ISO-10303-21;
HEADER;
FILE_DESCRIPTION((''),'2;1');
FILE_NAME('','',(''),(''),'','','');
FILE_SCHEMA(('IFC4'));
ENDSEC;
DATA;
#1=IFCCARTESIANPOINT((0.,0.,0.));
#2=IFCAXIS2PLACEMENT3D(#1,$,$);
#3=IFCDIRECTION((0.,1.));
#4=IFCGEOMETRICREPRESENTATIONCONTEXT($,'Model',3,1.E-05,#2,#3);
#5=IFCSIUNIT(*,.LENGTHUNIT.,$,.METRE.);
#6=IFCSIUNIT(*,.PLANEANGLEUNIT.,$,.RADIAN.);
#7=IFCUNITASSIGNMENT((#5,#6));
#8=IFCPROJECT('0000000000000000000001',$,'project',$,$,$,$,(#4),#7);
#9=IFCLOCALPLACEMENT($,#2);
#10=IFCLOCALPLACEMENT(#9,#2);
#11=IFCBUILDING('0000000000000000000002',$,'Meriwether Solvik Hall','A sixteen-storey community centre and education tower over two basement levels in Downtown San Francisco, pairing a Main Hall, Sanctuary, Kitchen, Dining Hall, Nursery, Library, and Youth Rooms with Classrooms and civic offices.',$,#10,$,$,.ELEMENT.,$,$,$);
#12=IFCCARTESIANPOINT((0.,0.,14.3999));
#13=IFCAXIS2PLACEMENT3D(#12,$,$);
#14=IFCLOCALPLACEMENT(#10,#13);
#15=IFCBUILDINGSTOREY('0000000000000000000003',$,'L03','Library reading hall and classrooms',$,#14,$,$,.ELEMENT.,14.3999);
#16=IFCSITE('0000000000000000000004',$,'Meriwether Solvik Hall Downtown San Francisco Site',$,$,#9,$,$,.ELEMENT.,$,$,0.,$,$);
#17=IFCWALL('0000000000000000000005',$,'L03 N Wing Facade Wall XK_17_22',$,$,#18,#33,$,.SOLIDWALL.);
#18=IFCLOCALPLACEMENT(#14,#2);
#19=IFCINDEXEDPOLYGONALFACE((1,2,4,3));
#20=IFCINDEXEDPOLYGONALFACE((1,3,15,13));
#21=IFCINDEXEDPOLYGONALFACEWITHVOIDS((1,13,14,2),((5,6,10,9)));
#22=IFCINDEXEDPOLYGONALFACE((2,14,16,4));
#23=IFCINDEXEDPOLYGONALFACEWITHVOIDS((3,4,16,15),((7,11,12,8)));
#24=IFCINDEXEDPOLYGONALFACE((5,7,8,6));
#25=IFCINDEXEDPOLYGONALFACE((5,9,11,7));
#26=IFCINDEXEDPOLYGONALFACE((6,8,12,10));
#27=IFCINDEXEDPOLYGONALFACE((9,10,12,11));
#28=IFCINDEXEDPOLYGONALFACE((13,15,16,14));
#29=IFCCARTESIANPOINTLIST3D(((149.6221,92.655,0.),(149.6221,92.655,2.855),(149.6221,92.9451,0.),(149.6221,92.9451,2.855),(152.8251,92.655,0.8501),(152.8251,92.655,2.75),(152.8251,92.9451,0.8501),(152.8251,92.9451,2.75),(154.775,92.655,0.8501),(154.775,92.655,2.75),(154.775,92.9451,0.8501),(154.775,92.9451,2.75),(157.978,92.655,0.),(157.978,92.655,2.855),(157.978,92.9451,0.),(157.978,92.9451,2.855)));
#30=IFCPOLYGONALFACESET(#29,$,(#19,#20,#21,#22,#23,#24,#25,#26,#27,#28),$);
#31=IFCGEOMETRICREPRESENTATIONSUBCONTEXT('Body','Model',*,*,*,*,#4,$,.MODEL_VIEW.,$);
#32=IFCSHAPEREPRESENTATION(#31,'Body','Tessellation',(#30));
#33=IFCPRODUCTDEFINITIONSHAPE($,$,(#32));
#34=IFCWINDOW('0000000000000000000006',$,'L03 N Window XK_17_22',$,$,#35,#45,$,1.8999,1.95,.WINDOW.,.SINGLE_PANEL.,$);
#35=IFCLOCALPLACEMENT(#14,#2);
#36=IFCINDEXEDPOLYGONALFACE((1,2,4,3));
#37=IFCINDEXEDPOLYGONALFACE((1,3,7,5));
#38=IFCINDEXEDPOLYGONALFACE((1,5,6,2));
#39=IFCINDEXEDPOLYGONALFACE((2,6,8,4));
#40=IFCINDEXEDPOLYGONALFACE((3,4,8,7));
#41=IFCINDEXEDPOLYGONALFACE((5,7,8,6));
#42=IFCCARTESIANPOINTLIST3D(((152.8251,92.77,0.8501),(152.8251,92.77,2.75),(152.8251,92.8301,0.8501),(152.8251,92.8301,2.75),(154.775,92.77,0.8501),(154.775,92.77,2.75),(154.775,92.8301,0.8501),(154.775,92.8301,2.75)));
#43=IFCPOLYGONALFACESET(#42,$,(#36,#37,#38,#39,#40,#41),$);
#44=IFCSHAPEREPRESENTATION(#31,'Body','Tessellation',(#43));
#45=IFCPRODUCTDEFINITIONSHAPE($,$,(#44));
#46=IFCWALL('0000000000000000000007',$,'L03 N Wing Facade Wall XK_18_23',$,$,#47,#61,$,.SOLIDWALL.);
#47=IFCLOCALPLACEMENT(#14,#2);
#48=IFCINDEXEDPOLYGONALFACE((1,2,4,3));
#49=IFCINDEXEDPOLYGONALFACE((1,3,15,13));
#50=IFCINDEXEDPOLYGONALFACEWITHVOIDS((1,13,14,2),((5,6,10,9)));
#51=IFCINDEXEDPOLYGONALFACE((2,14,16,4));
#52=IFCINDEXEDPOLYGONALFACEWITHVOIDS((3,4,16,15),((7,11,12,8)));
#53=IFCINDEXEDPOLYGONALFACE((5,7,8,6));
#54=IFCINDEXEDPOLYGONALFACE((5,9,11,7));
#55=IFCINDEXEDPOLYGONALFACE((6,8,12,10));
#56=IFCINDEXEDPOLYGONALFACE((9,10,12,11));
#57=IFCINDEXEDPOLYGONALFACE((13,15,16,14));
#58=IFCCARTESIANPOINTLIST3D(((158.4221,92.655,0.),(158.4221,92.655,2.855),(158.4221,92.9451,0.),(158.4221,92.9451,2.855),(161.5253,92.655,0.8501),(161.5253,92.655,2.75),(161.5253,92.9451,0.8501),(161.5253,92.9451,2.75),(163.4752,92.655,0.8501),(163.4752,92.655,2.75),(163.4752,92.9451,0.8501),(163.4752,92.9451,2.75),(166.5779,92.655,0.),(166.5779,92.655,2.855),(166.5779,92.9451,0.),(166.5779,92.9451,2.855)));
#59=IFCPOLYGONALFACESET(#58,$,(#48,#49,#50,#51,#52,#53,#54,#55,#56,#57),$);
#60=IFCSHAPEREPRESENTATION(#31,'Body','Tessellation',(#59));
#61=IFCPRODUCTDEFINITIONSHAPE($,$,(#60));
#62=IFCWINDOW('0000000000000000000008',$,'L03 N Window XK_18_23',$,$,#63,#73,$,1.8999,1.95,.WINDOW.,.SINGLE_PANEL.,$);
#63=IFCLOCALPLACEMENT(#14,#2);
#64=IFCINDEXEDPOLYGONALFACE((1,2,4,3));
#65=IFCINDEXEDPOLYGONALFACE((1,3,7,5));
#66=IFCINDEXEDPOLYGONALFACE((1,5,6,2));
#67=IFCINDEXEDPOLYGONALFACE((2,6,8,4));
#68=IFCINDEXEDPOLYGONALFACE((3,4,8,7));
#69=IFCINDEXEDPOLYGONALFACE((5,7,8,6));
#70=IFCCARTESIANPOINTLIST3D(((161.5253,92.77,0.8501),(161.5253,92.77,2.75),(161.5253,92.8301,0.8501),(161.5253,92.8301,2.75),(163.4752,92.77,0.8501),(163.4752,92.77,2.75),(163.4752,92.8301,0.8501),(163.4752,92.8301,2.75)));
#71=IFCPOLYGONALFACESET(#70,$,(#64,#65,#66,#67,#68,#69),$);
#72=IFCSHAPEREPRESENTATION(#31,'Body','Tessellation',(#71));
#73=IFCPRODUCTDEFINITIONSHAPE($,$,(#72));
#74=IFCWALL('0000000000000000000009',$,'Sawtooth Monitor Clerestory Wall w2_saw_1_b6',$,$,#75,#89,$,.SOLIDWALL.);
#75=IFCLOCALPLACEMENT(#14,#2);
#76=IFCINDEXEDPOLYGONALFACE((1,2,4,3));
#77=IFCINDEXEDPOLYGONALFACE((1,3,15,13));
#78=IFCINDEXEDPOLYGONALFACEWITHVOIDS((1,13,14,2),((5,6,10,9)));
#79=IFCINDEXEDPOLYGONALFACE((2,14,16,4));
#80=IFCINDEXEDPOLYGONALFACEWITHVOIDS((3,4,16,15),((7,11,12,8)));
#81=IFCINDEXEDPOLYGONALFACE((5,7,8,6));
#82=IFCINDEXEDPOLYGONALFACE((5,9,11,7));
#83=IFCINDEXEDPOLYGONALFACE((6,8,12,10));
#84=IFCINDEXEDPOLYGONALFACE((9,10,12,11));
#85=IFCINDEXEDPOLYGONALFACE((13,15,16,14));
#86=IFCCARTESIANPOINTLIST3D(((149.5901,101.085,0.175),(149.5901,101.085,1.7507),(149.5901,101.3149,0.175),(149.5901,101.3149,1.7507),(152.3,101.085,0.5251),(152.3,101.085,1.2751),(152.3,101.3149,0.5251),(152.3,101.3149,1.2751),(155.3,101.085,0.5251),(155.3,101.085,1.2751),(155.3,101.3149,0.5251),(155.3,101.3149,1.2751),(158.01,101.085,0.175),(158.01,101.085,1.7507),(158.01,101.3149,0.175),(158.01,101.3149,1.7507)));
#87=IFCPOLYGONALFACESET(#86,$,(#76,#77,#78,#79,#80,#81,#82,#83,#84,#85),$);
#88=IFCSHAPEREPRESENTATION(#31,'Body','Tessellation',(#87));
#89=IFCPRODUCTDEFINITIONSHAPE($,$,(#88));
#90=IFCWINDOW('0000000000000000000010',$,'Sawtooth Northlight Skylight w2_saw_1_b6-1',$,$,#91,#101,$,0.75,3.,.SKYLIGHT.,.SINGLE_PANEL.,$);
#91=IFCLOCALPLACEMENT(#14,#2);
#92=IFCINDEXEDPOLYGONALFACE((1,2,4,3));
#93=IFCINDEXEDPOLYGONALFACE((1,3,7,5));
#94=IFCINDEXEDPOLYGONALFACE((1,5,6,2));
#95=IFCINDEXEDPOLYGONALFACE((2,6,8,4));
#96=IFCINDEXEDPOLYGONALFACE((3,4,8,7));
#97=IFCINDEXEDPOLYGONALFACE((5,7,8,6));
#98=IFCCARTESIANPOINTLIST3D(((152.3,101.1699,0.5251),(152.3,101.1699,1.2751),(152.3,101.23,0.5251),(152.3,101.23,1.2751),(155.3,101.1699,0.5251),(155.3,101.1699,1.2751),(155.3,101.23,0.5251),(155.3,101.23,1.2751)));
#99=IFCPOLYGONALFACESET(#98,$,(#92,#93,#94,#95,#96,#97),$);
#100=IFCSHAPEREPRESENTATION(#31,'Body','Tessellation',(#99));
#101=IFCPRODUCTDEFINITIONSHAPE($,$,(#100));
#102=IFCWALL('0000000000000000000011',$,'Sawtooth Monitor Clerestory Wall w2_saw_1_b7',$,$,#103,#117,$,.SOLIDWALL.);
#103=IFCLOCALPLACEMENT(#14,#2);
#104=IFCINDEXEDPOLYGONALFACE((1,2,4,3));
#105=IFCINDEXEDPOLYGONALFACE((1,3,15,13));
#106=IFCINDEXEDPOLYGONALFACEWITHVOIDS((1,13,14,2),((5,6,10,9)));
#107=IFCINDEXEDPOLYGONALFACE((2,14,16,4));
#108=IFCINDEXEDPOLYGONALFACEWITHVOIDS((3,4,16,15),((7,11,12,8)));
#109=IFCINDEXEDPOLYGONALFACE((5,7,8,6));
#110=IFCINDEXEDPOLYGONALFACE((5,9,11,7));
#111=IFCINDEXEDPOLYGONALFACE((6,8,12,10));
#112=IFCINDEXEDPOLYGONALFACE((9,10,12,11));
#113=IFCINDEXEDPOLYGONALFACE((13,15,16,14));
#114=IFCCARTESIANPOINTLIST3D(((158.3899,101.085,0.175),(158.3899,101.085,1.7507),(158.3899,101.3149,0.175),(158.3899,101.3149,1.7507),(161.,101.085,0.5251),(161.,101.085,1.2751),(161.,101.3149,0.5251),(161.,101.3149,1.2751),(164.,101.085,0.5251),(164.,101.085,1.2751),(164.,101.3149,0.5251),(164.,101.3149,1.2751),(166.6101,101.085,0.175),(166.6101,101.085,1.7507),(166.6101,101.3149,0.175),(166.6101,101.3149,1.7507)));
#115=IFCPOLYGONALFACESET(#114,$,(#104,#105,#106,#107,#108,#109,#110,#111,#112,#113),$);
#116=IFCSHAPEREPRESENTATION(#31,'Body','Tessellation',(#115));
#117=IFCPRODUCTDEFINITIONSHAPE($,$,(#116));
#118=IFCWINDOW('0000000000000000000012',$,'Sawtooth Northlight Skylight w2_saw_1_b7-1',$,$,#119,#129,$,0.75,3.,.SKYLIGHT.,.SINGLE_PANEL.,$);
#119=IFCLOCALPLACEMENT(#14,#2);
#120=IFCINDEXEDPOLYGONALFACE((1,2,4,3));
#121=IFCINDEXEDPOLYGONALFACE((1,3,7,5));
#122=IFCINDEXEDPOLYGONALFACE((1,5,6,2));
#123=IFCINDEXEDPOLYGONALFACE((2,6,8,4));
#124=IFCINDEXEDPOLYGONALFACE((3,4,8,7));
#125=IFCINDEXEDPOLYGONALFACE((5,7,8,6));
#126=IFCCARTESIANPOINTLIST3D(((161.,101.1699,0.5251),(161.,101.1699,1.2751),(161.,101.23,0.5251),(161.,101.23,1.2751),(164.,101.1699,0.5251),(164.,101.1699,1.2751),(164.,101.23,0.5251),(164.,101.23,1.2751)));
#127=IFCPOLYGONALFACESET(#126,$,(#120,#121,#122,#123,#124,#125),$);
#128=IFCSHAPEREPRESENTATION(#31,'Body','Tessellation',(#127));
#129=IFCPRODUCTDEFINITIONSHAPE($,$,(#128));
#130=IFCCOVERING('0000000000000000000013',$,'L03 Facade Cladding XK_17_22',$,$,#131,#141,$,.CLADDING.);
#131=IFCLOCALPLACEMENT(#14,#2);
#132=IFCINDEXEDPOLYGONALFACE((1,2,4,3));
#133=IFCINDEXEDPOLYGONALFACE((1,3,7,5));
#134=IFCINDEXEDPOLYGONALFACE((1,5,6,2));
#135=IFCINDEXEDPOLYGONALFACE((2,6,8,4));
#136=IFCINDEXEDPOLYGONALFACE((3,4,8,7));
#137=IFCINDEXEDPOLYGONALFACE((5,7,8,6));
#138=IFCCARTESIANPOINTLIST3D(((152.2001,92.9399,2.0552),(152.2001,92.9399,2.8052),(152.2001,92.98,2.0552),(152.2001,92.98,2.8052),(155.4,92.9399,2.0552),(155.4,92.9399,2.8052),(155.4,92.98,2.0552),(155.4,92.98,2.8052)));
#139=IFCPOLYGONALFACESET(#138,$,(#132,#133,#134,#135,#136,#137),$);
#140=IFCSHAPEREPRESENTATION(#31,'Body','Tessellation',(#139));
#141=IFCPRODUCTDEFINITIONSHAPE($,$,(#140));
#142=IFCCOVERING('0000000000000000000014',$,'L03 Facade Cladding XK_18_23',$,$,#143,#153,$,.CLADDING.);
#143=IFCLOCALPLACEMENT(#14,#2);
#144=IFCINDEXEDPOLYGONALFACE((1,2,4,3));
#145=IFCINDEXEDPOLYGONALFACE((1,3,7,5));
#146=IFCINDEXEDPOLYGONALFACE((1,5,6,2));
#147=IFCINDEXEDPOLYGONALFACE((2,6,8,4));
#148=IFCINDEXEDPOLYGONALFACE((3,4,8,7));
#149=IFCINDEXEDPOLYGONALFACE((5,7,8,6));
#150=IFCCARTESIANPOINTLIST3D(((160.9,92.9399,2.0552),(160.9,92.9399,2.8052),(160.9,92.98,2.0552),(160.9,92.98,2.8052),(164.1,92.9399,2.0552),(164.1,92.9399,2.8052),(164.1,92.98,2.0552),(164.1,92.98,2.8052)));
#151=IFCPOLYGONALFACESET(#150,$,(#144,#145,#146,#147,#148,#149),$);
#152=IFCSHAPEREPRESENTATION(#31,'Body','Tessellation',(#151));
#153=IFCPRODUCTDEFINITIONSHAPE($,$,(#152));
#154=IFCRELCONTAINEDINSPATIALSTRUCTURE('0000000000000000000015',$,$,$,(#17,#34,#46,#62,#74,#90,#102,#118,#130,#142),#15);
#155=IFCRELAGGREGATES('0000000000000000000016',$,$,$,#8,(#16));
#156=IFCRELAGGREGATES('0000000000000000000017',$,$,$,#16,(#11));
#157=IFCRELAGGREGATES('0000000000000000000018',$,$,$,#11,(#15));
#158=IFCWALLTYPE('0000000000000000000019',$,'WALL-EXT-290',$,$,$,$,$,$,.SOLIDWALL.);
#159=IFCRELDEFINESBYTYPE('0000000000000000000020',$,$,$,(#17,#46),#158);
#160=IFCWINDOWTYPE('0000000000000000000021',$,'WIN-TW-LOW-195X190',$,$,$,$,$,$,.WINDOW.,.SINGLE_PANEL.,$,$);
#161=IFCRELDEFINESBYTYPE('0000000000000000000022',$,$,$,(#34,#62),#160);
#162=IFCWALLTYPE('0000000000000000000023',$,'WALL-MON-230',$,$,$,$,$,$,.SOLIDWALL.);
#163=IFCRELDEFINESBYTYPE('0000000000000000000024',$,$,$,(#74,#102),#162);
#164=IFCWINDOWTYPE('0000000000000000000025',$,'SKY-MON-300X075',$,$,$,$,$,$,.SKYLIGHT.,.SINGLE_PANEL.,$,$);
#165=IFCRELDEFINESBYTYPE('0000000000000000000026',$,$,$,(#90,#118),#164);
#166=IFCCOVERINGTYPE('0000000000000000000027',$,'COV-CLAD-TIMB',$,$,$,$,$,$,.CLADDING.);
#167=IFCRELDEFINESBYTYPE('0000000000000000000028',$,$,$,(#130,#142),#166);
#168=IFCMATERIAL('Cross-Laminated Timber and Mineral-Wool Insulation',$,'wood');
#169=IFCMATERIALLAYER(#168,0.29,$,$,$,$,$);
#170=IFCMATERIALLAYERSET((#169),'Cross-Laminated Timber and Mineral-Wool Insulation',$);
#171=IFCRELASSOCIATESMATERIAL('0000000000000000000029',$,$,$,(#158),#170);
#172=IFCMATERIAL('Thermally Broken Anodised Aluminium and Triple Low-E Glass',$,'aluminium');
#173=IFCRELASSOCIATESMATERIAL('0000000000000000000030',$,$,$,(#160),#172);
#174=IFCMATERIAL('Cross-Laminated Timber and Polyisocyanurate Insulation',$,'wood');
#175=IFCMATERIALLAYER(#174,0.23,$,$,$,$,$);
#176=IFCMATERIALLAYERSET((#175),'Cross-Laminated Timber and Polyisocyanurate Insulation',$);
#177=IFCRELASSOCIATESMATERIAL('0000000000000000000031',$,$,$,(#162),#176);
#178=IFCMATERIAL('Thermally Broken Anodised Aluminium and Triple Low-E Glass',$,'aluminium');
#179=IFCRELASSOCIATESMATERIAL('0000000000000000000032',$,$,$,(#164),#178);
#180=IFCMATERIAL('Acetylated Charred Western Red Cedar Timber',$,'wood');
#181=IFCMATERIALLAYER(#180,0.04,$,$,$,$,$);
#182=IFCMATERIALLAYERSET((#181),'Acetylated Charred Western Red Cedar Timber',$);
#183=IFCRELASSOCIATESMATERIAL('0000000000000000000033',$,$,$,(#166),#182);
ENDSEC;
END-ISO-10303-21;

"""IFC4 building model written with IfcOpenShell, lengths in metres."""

from ifc_helpers import new_model, si_unit, direction, frame, frame_2d, origin, origin_2d, place, context, subcontext, project, spatial, rectangle, extrude, material, layer, layer_set, type_object, element, fill, save


model = new_model("IFC4")

# Units and contexts
model_context = context("Model", 3, precision=1e-05, world=origin(), true_north=direction((0.0, 1.0)))
body_context = subcontext(model_context, "Body", "Model", "MODEL_VIEW")
ifc_project = project(units=[si_unit("LENGTHUNIT", "METRE"), si_unit("PLANEANGLEUNIT", "RADIAN")], contexts=[model_context])

# Site, building, storey
site_placement = place(None, origin())
site = spatial("IfcSite", under=ifc_project, at=site_placement, Name="Meriwether Solvik Hall Downtown San Francisco Site", CompositionType="ELEMENT", RefElevation=0.0)
building_placement = place(site_placement, origin())
building = spatial("IfcBuilding", under=site, at=building_placement, Name="Meriwether Solvik Hall", Description="A sixteen-storey community centre and education tower over two basement levels in Downtown San Francisco, pairing a Main Hall, Sanctuary, Kitchen, Dining Hall, Nursery, Library, and Youth Rooms with Classrooms and civic offices.", CompositionType="ELEMENT")
storey_placement = place(building_placement, frame((0.0, 0.0, 14.3999)))
storey = spatial("IfcBuildingStorey", under=building, at=storey_placement, Name="L03", Description="Library reading hall and classrooms", CompositionType="ELEMENT", Elevation=14.3999)

# Walls, openings, windows
ifc_material_1 = material(Name="Cross-Laminated Timber and Mineral-Wool Insulation", Category="wood")
ifc_layer_1 = layer(ifc_material_1, 0.29)
ifc_layer_set_1 = layer_set([ifc_layer_1], Name="Cross-Laminated Timber and Mineral-Wool Insulation")
wall_type_1 = type_object("IfcWallType", Name="WALL-EXT-290", PredefinedType="SOLIDWALL", material=ifc_layer_set_1)
wall_1_placement = place(storey_placement, frame((149.6221, 92.8, 0.0), z_axis=(0.0, 0.0, 1.0), x_axis=(1.0, 0.0, 0.0)))
wall_1 = element("IfcWall", 1, at=wall_1_placement, inside=storey, type_object=wall_type_1, Name="L03 N Wing Facade Wall XK_17_22", PredefinedType="SOLIDWALL", context=body_context, shape_type="SweptSolid", body=[
    extrude(rectangle(XDim=8.356, YDim=0.29, at=frame_2d((4.178, 0.0))), origin(), (0.0, 0.0, 1.0), 2.855),
])
opening_1_placement = place(wall_1_placement, frame((3.2029, 0.0, 0.8501)))
opening_1 = element("IfcOpeningElement", 2, at=opening_1_placement, cuts=wall_1, PredefinedType="OPENING", context=body_context, shape_type="SweptSolid", body=[
    extrude(rectangle(XDim=1.95, YDim=1.8999, at=frame_2d((0.9751, 0.95))), frame((0.0, 0.157, 0.0), z_axis=(0.0, -1.0, 0.0), x_axis=(1.0, 0.0, 0.0)), (0.0, 0.0, 1.0), 0.314),
])
ifc_material_2 = material(Name="Thermally Broken Anodised Aluminium and Triple Low-E Glass", Category="aluminium")
window_type_1 = type_object("IfcWindowType", Name="WIN-TW-LOW-195X190", PartitioningType="SINGLE_PANEL", PredefinedType="WINDOW", material=ifc_material_2)
window_1_placement = place(opening_1_placement, origin())
window_1 = element("IfcWindow", 3, at=window_1_placement, inside=storey, type_object=window_type_1, Name="L03 N Window XK_17_22", OverallHeight=1.8999, OverallWidth=1.95, PartitioningType="SINGLE_PANEL", PredefinedType="WINDOW", context=body_context, shape_type="SweptSolid", body=[
    extrude(rectangle(XDim=1.95, YDim=1.8999, at=frame_2d((0.9751, 0.95))), frame((0.0, 0.03, 0.0), z_axis=(0.0, -1.0, 0.0), x_axis=(1.0, 0.0, 0.0)), (0.0, 0.0, 1.0), 0.0601),
])
fill(opening_1, window_1)
wall_2_placement = place(storey_placement, frame((158.4221, 92.8, 0.0), z_axis=(0.0, 0.0, 1.0), x_axis=(1.0, 0.0, 0.0)))
wall_2 = element("IfcWall", 4, at=wall_2_placement, inside=storey, type_object=wall_type_1, Name="L03 N Wing Facade Wall XK_18_23", PredefinedType="SOLIDWALL", context=body_context, shape_type="SweptSolid", body=[
    extrude(rectangle(XDim=8.1558, YDim=0.29, at=frame_2d((4.0779, 0.0))), origin(), (0.0, 0.0, 1.0), 2.855),
])
opening_2_placement = place(wall_2_placement, frame((3.103, 0.0, 0.8501)))
opening_2 = element("IfcOpeningElement", 5, at=opening_2_placement, cuts=wall_2, PredefinedType="OPENING", context=body_context, shape_type="SweptSolid", body=[
    extrude(rectangle(XDim=1.95, YDim=1.8999, at=frame_2d((0.9751, 0.95))), frame((0.0, 0.157, 0.0), z_axis=(0.0, -1.0, 0.0), x_axis=(1.0, 0.0, 0.0)), (0.0, 0.0, 1.0), 0.314),
])
window_2_placement = place(opening_2_placement, origin())
window_2 = element("IfcWindow", 6, at=window_2_placement, inside=storey, type_object=window_type_1, Name="L03 N Window XK_18_23", OverallHeight=1.8999, OverallWidth=1.95, PartitioningType="SINGLE_PANEL", PredefinedType="WINDOW", context=body_context, shape_type="SweptSolid", body=[
    extrude(rectangle(XDim=1.95, YDim=1.8999, at=frame_2d((0.9751, 0.95))), frame((0.0, 0.03, 0.0), z_axis=(0.0, -1.0, 0.0), x_axis=(1.0, 0.0, 0.0)), (0.0, 0.0, 1.0), 0.0601),
])
fill(opening_2, window_2)
ifc_material_3 = material(Name="Cross-Laminated Timber and Polyisocyanurate Insulation", Category="wood")
ifc_layer_2 = layer(ifc_material_3, 0.23)
ifc_layer_set_2 = layer_set([ifc_layer_2], Name="Cross-Laminated Timber and Polyisocyanurate Insulation")
wall_type_2 = type_object("IfcWallType", Name="WALL-MON-230", PredefinedType="SOLIDWALL", material=ifc_layer_set_2)
wall_3_placement = place(storey_placement, frame((158.01, 101.2, 0.175), z_axis=(0.0, 0.0, 1.0), x_axis=(-1.0, 0.0, 0.0)))
wall_3 = element("IfcWall", 7, at=wall_3_placement, inside=storey, type_object=wall_type_2, Name="Sawtooth Monitor Clerestory Wall w2_saw_1_b6", PredefinedType="SOLIDWALL", context=body_context, shape_type="SweptSolid", body=[
    extrude(rectangle(XDim=8.4199, YDim=0.23, at=frame_2d((4.21, 0.0))), origin(), (0.0, 0.0, 1.0), 1.5757),
])
opening_3_placement = place(wall_3_placement, frame((2.71, 0.0, 0.3501)))
opening_3 = element("IfcOpeningElement", 8, at=opening_3_placement, cuts=wall_3, PredefinedType="OPENING", context=body_context, shape_type="SweptSolid", body=[
    extrude(rectangle(XDim=3.0, YDim=0.75, at=frame_2d((1.5, 0.375))), frame((0.0, 0.127, 0.0), z_axis=(0.0, -1.0, 0.0), x_axis=(1.0, 0.0, 0.0)), (0.0, 0.0, 1.0), 0.2539),
])
ifc_material_4 = material(Name="Thermally Broken Anodised Aluminium and Triple Low-E Glass", Category="aluminium")
window_type_2 = type_object("IfcWindowType", Name="SKY-MON-300X075", PartitioningType="SINGLE_PANEL", PredefinedType="SKYLIGHT", material=ifc_material_4)
window_3_placement = place(opening_3_placement, origin())
window_3 = element("IfcWindow", 9, at=window_3_placement, inside=storey, type_object=window_type_2, Name="Sawtooth Northlight Skylight w2_saw_1_b6-1", OverallHeight=0.75, OverallWidth=3.0, PartitioningType="SINGLE_PANEL", PredefinedType="SKYLIGHT", context=body_context, shape_type="SweptSolid", body=[
    extrude(rectangle(XDim=3.0, YDim=0.75, at=frame_2d((1.5, 0.375))), frame((0.0, 0.03, 0.0), z_axis=(0.0, -1.0, 0.0), x_axis=(1.0, 0.0, 0.0)), (0.0, 0.0, 1.0), 0.0601),
])
fill(opening_3, window_3)
wall_4_placement = place(storey_placement, frame((166.6101, 101.2, 0.175), z_axis=(0.0, 0.0, 1.0), x_axis=(-1.0, 0.0, 0.0)))
wall_4 = element("IfcWall", 10, at=wall_4_placement, inside=storey, type_object=wall_type_2, Name="Sawtooth Monitor Clerestory Wall w2_saw_1_b7", PredefinedType="SOLIDWALL", context=body_context, shape_type="SweptSolid", body=[
    extrude(rectangle(XDim=8.2202, YDim=0.23, at=frame_2d((4.1101, 0.0))), origin(), (0.0, 0.0, 1.0), 1.5757),
])
opening_4_placement = place(wall_4_placement, frame((2.6101, 0.0, 0.3501)))
opening_4 = element("IfcOpeningElement", 11, at=opening_4_placement, cuts=wall_4, PredefinedType="OPENING", context=body_context, shape_type="SweptSolid", body=[
    extrude(rectangle(XDim=3.0, YDim=0.75, at=frame_2d((1.5, 0.375))), frame((0.0, 0.127, 0.0), z_axis=(0.0, -1.0, 0.0), x_axis=(1.0, 0.0, 0.0)), (0.0, 0.0, 1.0), 0.2539),
])
window_4_placement = place(opening_4_placement, origin())
window_4 = element("IfcWindow", 12, at=window_4_placement, inside=storey, type_object=window_type_2, Name="Sawtooth Northlight Skylight w2_saw_1_b7-1", OverallHeight=0.75, OverallWidth=3.0, PartitioningType="SINGLE_PANEL", PredefinedType="SKYLIGHT", context=body_context, shape_type="SweptSolid", body=[
    extrude(rectangle(XDim=3.0, YDim=0.75, at=frame_2d((1.5, 0.375))), frame((0.0, 0.03, 0.0), z_axis=(0.0, -1.0, 0.0), x_axis=(1.0, 0.0, 0.0)), (0.0, 0.0, 1.0), 0.0601),
])
fill(opening_4, window_4)

# Coverings
ifc_material_5 = material(Name="Acetylated Charred Western Red Cedar Timber", Category="wood")
ifc_layer_3 = layer(ifc_material_5, 0.04)
ifc_layer_set_3 = layer_set([ifc_layer_3], Name="Acetylated Charred Western Red Cedar Timber")
covering_type = type_object("IfcCoveringType", Name="COV-CLAD-TIMB", PredefinedType="CLADDING", material=ifc_layer_set_3)
for number, where, z_axis, x_axis, name in (
    (13, (153.8, 92.96, 2.0552), (0.0, 0.0, 1.0), (1.0, 0.0, 0.0), "L03 Facade Cladding XK_17_22"),
    (14, (162.5, 92.96, 2.0552), (0.0, 0.0, 1.0), (1.0, 0.0, 0.0), "L03 Facade Cladding XK_18_23"),
):
    element("IfcCovering", number, at=place(storey_placement, frame(where, z_axis=z_axis, x_axis=x_axis)), inside=storey, type_object=covering_type, Name=name, PredefinedType="CLADDING", context=body_context, shape_type="SweptSolid", body=[
        extrude(rectangle(XDim=3.2, YDim=0.04, at=origin_2d()), origin(), (0.0, 0.0, 1.0), 0.75),
    ])

save(model, "model.ifc")
